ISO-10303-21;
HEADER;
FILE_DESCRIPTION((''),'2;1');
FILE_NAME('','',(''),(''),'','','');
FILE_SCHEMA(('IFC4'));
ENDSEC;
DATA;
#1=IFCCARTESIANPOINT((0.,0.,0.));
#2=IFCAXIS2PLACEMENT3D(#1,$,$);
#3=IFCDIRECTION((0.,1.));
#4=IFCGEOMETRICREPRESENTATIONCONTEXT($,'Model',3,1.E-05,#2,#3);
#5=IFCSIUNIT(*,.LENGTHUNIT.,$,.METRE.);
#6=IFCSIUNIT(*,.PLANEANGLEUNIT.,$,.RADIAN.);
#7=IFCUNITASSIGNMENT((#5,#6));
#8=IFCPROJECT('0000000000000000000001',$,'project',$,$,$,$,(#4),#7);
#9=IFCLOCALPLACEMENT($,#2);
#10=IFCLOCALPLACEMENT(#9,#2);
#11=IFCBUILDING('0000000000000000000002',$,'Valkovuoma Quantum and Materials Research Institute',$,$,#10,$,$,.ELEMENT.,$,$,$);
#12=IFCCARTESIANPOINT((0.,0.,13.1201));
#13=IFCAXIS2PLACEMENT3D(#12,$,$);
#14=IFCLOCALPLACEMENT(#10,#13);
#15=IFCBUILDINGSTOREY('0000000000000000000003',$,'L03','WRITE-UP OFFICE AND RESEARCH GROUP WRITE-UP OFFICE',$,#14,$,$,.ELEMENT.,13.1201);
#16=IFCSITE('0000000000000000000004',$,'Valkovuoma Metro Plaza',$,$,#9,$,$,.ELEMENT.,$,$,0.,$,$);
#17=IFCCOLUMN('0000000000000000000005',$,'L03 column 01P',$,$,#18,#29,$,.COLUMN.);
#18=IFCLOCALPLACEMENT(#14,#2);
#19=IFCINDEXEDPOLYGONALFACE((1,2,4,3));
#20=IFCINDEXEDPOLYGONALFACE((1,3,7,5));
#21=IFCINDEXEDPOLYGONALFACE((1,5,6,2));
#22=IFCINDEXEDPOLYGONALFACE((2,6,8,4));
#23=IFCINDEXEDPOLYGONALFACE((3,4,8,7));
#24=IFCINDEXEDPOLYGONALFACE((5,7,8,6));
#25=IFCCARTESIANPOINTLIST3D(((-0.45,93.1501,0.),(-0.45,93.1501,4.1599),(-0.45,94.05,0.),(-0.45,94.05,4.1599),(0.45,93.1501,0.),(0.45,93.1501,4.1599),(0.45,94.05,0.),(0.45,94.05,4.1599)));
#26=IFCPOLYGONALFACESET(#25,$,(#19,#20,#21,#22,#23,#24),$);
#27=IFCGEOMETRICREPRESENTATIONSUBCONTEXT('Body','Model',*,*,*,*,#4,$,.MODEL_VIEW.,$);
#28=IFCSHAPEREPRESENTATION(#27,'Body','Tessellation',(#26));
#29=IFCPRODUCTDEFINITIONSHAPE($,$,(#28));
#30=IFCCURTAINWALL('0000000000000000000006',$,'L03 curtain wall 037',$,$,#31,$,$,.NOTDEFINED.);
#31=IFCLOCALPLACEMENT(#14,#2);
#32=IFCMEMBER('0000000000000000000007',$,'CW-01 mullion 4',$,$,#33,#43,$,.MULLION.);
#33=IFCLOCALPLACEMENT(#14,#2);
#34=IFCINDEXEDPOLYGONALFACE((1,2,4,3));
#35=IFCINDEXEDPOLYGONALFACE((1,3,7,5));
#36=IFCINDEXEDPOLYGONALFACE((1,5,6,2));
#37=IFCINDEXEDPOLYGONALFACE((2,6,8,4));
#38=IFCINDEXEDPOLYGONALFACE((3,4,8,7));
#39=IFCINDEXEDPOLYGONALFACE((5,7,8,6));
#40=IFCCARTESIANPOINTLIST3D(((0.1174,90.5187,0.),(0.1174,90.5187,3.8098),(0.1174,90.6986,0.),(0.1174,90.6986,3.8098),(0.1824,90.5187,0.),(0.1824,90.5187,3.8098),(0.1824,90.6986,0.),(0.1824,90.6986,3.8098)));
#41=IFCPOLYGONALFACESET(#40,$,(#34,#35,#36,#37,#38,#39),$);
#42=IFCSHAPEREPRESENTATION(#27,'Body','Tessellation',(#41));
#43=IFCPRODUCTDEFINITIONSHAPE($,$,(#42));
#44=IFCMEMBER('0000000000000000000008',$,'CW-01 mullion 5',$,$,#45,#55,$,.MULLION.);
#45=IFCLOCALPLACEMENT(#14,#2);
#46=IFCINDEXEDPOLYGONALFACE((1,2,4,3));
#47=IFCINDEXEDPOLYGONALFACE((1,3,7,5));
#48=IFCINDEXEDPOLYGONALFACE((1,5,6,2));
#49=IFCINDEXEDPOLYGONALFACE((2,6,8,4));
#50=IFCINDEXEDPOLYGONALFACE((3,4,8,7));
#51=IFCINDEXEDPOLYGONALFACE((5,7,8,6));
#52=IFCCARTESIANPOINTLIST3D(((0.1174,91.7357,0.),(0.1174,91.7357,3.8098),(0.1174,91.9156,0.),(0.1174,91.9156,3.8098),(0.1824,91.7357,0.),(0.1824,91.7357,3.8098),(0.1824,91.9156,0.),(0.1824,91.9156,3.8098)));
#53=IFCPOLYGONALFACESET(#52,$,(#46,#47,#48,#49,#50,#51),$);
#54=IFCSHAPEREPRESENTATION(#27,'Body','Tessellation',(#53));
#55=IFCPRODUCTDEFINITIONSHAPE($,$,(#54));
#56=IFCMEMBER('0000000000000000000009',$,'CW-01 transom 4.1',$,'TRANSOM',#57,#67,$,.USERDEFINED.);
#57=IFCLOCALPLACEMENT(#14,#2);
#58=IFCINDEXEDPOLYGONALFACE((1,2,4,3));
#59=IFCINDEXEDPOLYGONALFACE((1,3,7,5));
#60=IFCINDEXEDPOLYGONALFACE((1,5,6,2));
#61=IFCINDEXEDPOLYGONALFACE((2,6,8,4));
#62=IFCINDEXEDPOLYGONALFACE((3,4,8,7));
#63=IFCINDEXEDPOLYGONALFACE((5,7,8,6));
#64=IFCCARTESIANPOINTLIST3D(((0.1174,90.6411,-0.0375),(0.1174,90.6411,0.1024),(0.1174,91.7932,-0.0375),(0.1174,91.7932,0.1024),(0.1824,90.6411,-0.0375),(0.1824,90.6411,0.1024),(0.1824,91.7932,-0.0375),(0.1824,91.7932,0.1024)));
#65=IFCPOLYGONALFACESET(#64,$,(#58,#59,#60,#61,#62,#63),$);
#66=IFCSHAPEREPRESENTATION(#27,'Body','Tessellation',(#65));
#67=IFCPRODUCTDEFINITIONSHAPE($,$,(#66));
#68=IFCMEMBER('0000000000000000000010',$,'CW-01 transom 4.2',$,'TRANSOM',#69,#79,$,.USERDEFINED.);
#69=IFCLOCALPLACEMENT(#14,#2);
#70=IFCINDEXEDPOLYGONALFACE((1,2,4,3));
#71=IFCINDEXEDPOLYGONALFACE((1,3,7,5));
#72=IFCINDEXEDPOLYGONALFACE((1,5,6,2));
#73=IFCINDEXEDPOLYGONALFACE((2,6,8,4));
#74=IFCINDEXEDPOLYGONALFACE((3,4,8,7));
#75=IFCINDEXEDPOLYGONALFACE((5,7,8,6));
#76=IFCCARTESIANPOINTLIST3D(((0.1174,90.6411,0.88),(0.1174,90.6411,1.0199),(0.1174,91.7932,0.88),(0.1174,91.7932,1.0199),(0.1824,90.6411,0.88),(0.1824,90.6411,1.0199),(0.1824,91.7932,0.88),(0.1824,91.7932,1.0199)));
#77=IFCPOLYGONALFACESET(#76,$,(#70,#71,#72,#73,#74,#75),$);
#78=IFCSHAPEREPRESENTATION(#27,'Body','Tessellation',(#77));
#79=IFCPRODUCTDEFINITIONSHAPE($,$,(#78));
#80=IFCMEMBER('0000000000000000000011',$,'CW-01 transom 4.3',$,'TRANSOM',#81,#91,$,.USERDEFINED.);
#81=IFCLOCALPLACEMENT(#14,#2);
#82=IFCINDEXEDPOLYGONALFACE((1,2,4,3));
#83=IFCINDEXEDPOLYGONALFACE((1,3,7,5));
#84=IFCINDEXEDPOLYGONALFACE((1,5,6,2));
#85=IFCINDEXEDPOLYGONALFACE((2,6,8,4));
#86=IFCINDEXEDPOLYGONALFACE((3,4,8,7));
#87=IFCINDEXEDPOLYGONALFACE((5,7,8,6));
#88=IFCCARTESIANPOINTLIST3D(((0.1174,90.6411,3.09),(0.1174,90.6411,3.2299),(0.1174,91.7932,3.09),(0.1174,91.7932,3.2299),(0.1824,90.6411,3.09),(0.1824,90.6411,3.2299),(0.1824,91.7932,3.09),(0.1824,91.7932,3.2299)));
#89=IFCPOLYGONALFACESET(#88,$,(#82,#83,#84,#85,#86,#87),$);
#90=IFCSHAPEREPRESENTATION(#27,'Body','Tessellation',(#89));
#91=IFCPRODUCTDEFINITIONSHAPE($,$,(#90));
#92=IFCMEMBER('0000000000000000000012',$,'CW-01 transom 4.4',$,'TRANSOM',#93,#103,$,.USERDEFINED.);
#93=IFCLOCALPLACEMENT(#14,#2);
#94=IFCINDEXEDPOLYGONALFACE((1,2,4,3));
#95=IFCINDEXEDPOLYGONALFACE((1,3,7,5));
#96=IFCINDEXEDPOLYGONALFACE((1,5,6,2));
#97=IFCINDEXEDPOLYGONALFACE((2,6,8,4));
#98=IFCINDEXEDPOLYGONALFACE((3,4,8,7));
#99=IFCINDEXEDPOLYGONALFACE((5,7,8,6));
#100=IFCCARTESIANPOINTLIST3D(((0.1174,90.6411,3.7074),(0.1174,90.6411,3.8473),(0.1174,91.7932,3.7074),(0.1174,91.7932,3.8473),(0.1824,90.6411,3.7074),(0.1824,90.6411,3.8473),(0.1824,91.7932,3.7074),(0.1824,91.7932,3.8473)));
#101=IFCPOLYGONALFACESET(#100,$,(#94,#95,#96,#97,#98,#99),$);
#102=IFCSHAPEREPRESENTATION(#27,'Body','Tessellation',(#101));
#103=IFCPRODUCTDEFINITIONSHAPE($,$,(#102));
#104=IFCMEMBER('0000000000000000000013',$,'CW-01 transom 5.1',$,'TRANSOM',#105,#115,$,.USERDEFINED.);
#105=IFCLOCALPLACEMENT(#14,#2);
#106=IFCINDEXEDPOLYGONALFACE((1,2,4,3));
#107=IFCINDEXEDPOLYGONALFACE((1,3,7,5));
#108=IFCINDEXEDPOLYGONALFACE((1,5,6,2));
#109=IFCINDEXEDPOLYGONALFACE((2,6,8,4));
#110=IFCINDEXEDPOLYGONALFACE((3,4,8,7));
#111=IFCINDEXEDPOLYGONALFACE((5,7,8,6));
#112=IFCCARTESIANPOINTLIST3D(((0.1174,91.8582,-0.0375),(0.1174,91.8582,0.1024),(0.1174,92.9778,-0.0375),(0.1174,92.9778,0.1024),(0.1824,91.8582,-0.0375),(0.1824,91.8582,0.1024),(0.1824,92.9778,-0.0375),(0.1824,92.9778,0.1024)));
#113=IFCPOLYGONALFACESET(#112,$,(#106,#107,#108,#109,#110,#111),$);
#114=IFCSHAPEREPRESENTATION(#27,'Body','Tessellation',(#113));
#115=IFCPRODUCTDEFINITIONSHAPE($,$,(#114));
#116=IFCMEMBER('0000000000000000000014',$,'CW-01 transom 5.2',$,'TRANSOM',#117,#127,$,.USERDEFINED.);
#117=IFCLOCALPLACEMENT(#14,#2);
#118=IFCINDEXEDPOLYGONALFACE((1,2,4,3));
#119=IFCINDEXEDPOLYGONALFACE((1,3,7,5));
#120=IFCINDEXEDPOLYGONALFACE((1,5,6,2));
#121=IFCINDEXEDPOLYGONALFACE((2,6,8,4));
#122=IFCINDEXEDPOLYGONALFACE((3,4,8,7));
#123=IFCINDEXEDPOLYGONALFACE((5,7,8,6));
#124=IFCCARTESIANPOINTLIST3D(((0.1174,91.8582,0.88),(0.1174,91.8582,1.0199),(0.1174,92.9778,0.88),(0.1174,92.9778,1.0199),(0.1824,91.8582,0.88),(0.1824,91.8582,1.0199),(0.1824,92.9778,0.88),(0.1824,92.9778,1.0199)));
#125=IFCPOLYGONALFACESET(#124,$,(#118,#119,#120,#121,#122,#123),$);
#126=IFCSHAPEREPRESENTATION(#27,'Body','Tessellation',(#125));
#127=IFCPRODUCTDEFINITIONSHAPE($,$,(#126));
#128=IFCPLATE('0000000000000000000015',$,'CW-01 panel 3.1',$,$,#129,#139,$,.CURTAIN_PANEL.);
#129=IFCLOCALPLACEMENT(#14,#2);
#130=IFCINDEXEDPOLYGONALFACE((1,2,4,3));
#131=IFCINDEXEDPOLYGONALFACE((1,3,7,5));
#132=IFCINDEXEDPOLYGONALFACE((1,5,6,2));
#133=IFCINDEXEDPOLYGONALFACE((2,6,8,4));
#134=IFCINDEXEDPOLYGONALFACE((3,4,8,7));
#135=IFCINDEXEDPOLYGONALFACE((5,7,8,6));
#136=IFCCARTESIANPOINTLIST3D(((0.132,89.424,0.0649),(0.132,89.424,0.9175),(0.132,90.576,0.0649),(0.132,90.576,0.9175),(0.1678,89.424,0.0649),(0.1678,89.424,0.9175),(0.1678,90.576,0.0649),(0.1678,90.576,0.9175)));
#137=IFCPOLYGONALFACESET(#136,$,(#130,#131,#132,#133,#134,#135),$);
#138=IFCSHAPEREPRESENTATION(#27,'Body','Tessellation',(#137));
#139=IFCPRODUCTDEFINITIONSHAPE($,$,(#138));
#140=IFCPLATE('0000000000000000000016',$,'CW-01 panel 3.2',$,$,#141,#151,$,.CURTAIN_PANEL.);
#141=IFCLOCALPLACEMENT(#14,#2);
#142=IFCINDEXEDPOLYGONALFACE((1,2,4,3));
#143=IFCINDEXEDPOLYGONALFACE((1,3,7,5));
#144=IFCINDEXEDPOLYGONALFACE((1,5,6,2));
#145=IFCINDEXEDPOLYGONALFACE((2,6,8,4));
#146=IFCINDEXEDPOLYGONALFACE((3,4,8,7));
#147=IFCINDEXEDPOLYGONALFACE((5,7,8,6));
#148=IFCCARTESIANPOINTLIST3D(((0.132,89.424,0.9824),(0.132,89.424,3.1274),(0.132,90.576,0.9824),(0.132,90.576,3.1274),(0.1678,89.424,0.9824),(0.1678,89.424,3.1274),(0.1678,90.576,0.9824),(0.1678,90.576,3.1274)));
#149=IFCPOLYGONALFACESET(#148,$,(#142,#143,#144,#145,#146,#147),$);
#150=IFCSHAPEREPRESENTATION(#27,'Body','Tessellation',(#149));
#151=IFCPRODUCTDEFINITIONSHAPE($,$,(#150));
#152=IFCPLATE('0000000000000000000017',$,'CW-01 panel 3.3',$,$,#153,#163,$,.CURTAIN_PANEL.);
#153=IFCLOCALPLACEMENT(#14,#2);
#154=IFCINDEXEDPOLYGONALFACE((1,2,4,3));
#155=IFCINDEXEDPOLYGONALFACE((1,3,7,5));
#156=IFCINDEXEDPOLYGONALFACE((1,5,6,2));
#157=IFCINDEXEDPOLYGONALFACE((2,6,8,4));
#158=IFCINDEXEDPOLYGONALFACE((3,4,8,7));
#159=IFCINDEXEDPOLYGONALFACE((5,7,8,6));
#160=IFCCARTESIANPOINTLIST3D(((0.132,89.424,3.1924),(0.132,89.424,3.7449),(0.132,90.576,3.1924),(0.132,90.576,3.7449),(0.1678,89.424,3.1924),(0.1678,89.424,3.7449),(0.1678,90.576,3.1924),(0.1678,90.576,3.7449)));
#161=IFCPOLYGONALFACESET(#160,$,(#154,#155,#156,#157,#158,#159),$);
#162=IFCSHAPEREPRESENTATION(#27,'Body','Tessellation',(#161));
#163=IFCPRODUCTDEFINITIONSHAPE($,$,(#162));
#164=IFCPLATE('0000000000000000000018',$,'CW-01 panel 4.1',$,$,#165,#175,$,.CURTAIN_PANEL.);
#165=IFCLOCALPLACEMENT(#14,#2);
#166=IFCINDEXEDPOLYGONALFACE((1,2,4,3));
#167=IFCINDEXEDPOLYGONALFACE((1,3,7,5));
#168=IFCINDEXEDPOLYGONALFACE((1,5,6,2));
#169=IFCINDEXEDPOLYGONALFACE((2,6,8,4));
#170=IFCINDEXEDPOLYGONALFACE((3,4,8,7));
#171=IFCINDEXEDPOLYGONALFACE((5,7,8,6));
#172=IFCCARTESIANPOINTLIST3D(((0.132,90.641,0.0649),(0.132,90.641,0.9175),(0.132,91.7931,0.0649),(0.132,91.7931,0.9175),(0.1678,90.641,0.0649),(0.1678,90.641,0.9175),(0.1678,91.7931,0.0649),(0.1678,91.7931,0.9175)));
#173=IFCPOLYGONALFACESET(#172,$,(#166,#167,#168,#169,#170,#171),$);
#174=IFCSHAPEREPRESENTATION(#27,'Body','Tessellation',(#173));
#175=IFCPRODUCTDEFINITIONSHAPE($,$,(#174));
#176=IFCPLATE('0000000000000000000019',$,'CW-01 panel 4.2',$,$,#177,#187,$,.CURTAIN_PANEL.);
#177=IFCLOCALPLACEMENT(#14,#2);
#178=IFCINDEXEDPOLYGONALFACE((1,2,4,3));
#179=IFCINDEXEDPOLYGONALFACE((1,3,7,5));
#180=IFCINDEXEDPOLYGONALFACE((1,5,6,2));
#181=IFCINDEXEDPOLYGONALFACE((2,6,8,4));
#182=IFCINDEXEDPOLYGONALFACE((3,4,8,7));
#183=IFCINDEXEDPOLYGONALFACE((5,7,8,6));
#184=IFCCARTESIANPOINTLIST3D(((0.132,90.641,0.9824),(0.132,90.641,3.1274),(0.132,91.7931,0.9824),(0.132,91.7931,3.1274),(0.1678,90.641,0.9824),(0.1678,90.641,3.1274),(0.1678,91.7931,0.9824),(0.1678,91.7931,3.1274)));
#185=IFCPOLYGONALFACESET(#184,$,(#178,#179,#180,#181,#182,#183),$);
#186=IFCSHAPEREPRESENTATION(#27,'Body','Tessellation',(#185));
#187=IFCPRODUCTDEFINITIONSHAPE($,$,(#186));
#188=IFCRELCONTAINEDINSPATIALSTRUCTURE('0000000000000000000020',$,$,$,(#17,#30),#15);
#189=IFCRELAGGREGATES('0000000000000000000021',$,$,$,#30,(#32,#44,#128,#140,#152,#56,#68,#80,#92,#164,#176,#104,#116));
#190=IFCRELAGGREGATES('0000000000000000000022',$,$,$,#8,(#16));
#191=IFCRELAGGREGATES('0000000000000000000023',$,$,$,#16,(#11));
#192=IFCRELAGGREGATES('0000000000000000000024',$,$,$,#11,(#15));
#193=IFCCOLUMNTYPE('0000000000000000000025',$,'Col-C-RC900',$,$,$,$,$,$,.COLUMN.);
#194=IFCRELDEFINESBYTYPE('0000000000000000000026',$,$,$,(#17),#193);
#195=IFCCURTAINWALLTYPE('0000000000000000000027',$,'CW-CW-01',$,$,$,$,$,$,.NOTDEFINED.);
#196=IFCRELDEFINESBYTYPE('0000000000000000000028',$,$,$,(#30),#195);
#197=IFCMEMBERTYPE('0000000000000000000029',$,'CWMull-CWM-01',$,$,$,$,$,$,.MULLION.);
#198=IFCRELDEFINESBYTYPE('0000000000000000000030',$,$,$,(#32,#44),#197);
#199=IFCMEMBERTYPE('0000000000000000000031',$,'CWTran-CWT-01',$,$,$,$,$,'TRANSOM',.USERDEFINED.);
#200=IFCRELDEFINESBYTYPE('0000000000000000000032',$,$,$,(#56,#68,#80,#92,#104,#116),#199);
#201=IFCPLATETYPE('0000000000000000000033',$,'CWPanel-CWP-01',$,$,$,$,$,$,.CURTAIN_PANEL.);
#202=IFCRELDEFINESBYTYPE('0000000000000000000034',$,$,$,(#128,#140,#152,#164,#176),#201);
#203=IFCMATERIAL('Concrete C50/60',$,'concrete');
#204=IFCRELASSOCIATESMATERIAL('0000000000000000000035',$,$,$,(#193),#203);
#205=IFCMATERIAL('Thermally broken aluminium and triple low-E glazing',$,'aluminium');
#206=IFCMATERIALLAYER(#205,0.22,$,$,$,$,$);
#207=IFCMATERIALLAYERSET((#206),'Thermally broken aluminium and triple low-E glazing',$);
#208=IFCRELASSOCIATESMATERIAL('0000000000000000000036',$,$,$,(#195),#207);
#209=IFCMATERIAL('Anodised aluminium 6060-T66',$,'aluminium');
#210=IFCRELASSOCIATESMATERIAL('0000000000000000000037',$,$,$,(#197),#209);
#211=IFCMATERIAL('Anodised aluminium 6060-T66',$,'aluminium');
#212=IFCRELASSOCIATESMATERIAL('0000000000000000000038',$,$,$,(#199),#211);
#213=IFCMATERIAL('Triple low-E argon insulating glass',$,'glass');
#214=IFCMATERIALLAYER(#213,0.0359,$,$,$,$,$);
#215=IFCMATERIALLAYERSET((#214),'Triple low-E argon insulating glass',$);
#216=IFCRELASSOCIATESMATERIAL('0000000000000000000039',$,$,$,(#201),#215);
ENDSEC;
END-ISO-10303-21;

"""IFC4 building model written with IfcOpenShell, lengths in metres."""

from ifc_helpers import new_model, si_unit, direction, frame, origin, origin_2d, place, context, subcontext, project, spatial, rectangle, extrude, material, layer, layer_set, material_profile, profile_set, type_object, element, aggregate, save


model = new_model("IFC4")

# Units and contexts
model_context = context("Model", 3, precision=1e-05, world=origin(), true_north=direction((0.0, 1.0)))
body_context = subcontext(model_context, "Body", "Model", "MODEL_VIEW")
ifc_project = project(units=[si_unit("LENGTHUNIT", "METRE"), si_unit("PLANEANGLEUNIT", "RADIAN")], contexts=[model_context])

# Site, building, storey
site_placement = place(None, origin())
site = spatial("IfcSite", under=ifc_project, at=site_placement, Name="Valkovuoma Metro Plaza", CompositionType="ELEMENT", RefElevation=0.0)
building_placement = place(site_placement, origin())
building = spatial("IfcBuilding", under=site, at=building_placement, Name="Valkovuoma Quantum and Materials Research Institute", CompositionType="ELEMENT")
storey_placement = place(building_placement, frame((0.0, 0.0, 13.1201)))
storey = spatial("IfcBuildingStorey", under=building, at=storey_placement, Name="L03", Description="WRITE-UP OFFICE AND RESEARCH GROUP WRITE-UP OFFICE", CompositionType="ELEMENT", Elevation=13.1201)

# Column
ifc_material_1 = material(Name="Concrete C50/60", Category="concrete")
ifc_material_profile_1 = material_profile(ifc_material_1, rectangle(XDim=0.8999, YDim=0.8999, at=origin_2d()), Name="Concrete C50/60")
ifc_profile_set_1 = profile_set([ifc_material_profile_1], Name="Concrete C50/60")
column_type = type_object("IfcColumnType", Name="Col-C-RC900", PredefinedType="COLUMN", material=ifc_profile_set_1)
column_placement = place(storey_placement, frame((0.0, 93.6001, 0.0), z_axis=(0.0, 0.0, 1.0), x_axis=(1.0, 0.0, 0.0)))
element("IfcColumn", 1, at=column_placement, inside=storey, type_object=column_type, Name="L03 column 01P", PredefinedType="COLUMN", context=body_context, shape_type="SweptSolid", body=[
    extrude(rectangle(XDim=0.8999, YDim=0.8999, at=origin_2d()), origin(), (0.0, 0.0, 1.0), 4.1599),
])

# Curtain wall, members, plates
ifc_material_2 = material(Name="Thermally broken aluminium and triple low-E glazing", Category="aluminium")
ifc_layer_1 = layer(ifc_material_2, 0.22)
ifc_layer_set_1 = layer_set([ifc_layer_1], Name="Thermally broken aluminium and triple low-E glazing")
curtain_wall_type = type_object("IfcCurtainWallType", Name="CW-CW-01", PredefinedType="NOTDEFINED", material=ifc_layer_set_1)
curtain_wall_placement = place(storey_placement, origin())
curtain_wall = element("IfcCurtainWall", 2, at=curtain_wall_placement, inside=storey, type_object=curtain_wall_type, Name="L03 curtain wall 037", PredefinedType="NOTDEFINED")
ifc_material_3 = material(Name="Anodised aluminium 6060-T66", Category="aluminium")
ifc_material_profile_2 = material_profile(ifc_material_3, rectangle(XDim=0.0649, YDim=0.1799, at=origin_2d()), Name="Anodised aluminium 6060-T66")
ifc_profile_set_2 = profile_set([ifc_material_profile_2], Name="Anodised aluminium 6060-T66")
member_type_1 = type_object("IfcMemberType", Name="CWMull-CWM-01", PredefinedType="MULLION", material=ifc_profile_set_2)
member_1_placement = place(storey_placement, frame((0.1499, 90.6086, 0.0), z_axis=(0.0, 0.0, 1.0), x_axis=(-1.0, 0.0, 0.0)))
member_1 = element("IfcMember", 3, at=member_1_placement, type_object=member_type_1, Name="CW-01 mullion 4", PredefinedType="MULLION", context=body_context, shape_type="SweptSolid", body=[
    extrude(rectangle(XDim=0.0649, YDim=0.1799, at=origin_2d()), origin(), (0.0, 0.0, 1.0), 3.8098),
])
member_2_placement = place(storey_placement, frame((0.1499, 91.8257, 0.0), z_axis=(0.0, 0.0, 1.0), x_axis=(-1.0, 0.0, 0.0)))
member_2 = element("IfcMember", 4, at=member_2_placement, type_object=member_type_1, Name="CW-01 mullion 5", PredefinedType="MULLION", context=body_context, shape_type="SweptSolid", body=[
    extrude(rectangle(XDim=0.0649, YDim=0.1799, at=origin_2d()), origin(), (0.0, 0.0, 1.0), 3.8098),
])
ifc_material_4 = material(Name="Anodised aluminium 6060-T66", Category="aluminium")
ifc_material_profile_3 = material_profile(ifc_material_4, rectangle(XDim=0.0649, YDim=0.1399, at=origin_2d()), Name="Anodised aluminium 6060-T66")
ifc_profile_set_3 = profile_set([ifc_material_profile_3], Name="Anodised aluminium 6060-T66")
member_type_2 = type_object("IfcMemberType", Name="CWTran-CWT-01", ElementType="TRANSOM", PredefinedType="USERDEFINED", material=ifc_profile_set_3)
member_3_placement = place(storey_placement, frame((0.1499, 90.6411, 0.0325), z_axis=(0.0, 1.0, 0.0), x_axis=(-1.0, 0.0, 0.0)))
member_3 = element("IfcMember", 5, at=member_3_placement, type_object=member_type_2, Name="CW-01 transom 4.1", ObjectType="TRANSOM", PredefinedType="USERDEFINED", context=body_context, shape_type="SweptSolid", body=[
    extrude(rectangle(XDim=0.0649, YDim=0.1399, at=origin_2d()), origin(), (0.0, 0.0, 1.0), 1.1521),
])
member_4_placement = place(storey_placement, frame((0.1499, 90.6411, 0.95), z_axis=(0.0, 1.0, 0.0), x_axis=(-1.0, 0.0, 0.0)))
member_4 = element("IfcMember", 6, at=member_4_placement, type_object=member_type_2, Name="CW-01 transom 4.2", ObjectType="TRANSOM", PredefinedType="USERDEFINED", context=body_context, shape_type="SweptSolid", body=[
    extrude(rectangle(XDim=0.0649, YDim=0.1399, at=origin_2d()), origin(), (0.0, 0.0, 1.0), 1.1521),
])
member_5_placement = place(storey_placement, frame((0.1499, 90.6411, 3.1599), z_axis=(0.0, 1.0, 0.0), x_axis=(-1.0, 0.0, 0.0)))
member_5 = element("IfcMember", 7, at=member_5_placement, type_object=member_type_2, Name="CW-01 transom 4.3", ObjectType="TRANSOM", PredefinedType="USERDEFINED", context=body_context, shape_type="SweptSolid", body=[
    extrude(rectangle(XDim=0.0649, YDim=0.1399, at=origin_2d()), origin(), (0.0, 0.0, 1.0), 1.1521),
])
member_6_placement = place(storey_placement, frame((0.1499, 90.6411, 3.7773), z_axis=(0.0, 1.0, 0.0), x_axis=(-1.0, 0.0, 0.0)))
member_6 = element("IfcMember", 8, at=member_6_placement, type_object=member_type_2, Name="CW-01 transom 4.4", ObjectType="TRANSOM", PredefinedType="USERDEFINED", context=body_context, shape_type="SweptSolid", body=[
    extrude(rectangle(XDim=0.0649, YDim=0.1399, at=origin_2d()), origin(), (0.0, 0.0, 1.0), 1.1521),
])
member_7_placement = place(storey_placement, frame((0.1499, 91.8582, 0.0325), z_axis=(0.0, 1.0, 0.0), x_axis=(-1.0, 0.0, 0.0)))
member_7 = element("IfcMember", 9, at=member_7_placement, type_object=member_type_2, Name="CW-01 transom 5.1", ObjectType="TRANSOM", PredefinedType="USERDEFINED", context=body_context, shape_type="SweptSolid", body=[
    extrude(rectangle(XDim=0.0649, YDim=0.1399, at=origin_2d()), origin(), (0.0, 0.0, 1.0), 1.1196),
])
member_8_placement = place(storey_placement, frame((0.1499, 91.8582, 0.95), z_axis=(0.0, 1.0, 0.0), x_axis=(-1.0, 0.0, 0.0)))
member_8 = element("IfcMember", 10, at=member_8_placement, type_object=member_type_2, Name="CW-01 transom 5.2", ObjectType="TRANSOM", PredefinedType="USERDEFINED", context=body_context, shape_type="SweptSolid", body=[
    extrude(rectangle(XDim=0.0649, YDim=0.1399, at=origin_2d()), origin(), (0.0, 0.0, 1.0), 1.1196),
])
ifc_material_5 = material(Name="Triple low-E argon insulating glass", Category="glass")
ifc_layer_2 = layer(ifc_material_5, 0.0359)
ifc_layer_set_2 = layer_set([ifc_layer_2], Name="Triple low-E argon insulating glass")
plate_type = type_object("IfcPlateType", Name="CWPanel-CWP-01", PredefinedType="CURTAIN_PANEL", material=ifc_layer_set_2)
plate_1_placement = place(storey_placement, frame((0.1499, 90.0, 0.0649), z_axis=(0.0, 0.0, 1.0), x_axis=(0.0, 1.0, 0.0)))
plate_1 = element("IfcPlate", 11, at=plate_1_placement, type_object=plate_type, Name="CW-01 panel 3.1", PredefinedType="CURTAIN_PANEL", context=body_context, shape_type="SweptSolid", body=[
    extrude(rectangle(XDim=1.1521, YDim=0.0359, at=origin_2d()), origin(), (0.0, 0.0, 1.0), 0.8525),
])
plate_2_placement = place(storey_placement, frame((0.1499, 90.0, 0.9824), z_axis=(0.0, 0.0, 1.0), x_axis=(0.0, 1.0, 0.0)))
plate_2 = element("IfcPlate", 12, at=plate_2_placement, type_object=plate_type, Name="CW-01 panel 3.2", PredefinedType="CURTAIN_PANEL", context=body_context, shape_type="SweptSolid", body=[
    extrude(rectangle(XDim=1.1521, YDim=0.0359, at=origin_2d()), origin(), (0.0, 0.0, 1.0), 2.145),
])
plate_3_placement = place(storey_placement, frame((0.1499, 90.0, 3.1924), z_axis=(0.0, 0.0, 1.0), x_axis=(0.0, 1.0, 0.0)))
plate_3 = element("IfcPlate", 13, at=plate_3_placement, type_object=plate_type, Name="CW-01 panel 3.3", PredefinedType="CURTAIN_PANEL", context=body_context, shape_type="SweptSolid", body=[
    extrude(rectangle(XDim=1.1521, YDim=0.0359, at=origin_2d()), origin(), (0.0, 0.0, 1.0), 0.5525),
])
plate_4_placement = place(storey_placement, frame((0.1499, 91.217, 0.0649), z_axis=(0.0, 0.0, 1.0), x_axis=(0.0, 1.0, 0.0)))
plate_4 = element("IfcPlate", 14, at=plate_4_placement, type_object=plate_type, Name="CW-01 panel 4.1", PredefinedType="CURTAIN_PANEL", context=body_context, shape_type="SweptSolid", body=[
    extrude(rectangle(XDim=1.1521, YDim=0.0359, at=origin_2d()), origin(), (0.0, 0.0, 1.0), 0.8525),
])
plate_5_placement = place(storey_placement, frame((0.1499, 91.217, 0.9824), z_axis=(0.0, 0.0, 1.0), x_axis=(0.0, 1.0, 0.0)))
plate_5 = element("IfcPlate", 15, at=plate_5_placement, type_object=plate_type, Name="CW-01 panel 4.2", PredefinedType="CURTAIN_PANEL", context=body_context, shape_type="SweptSolid", body=[
    extrude(rectangle(XDim=1.1521, YDim=0.0359, at=origin_2d()), origin(), (0.0, 0.0, 1.0), 2.145),
])
aggregate(curtain_wall, [member_1, member_2, plate_1, plate_2, plate_3, member_3, member_4, member_5, member_6, plate_4, plate_5, member_7, member_8])

save(model, "model.ifc")
